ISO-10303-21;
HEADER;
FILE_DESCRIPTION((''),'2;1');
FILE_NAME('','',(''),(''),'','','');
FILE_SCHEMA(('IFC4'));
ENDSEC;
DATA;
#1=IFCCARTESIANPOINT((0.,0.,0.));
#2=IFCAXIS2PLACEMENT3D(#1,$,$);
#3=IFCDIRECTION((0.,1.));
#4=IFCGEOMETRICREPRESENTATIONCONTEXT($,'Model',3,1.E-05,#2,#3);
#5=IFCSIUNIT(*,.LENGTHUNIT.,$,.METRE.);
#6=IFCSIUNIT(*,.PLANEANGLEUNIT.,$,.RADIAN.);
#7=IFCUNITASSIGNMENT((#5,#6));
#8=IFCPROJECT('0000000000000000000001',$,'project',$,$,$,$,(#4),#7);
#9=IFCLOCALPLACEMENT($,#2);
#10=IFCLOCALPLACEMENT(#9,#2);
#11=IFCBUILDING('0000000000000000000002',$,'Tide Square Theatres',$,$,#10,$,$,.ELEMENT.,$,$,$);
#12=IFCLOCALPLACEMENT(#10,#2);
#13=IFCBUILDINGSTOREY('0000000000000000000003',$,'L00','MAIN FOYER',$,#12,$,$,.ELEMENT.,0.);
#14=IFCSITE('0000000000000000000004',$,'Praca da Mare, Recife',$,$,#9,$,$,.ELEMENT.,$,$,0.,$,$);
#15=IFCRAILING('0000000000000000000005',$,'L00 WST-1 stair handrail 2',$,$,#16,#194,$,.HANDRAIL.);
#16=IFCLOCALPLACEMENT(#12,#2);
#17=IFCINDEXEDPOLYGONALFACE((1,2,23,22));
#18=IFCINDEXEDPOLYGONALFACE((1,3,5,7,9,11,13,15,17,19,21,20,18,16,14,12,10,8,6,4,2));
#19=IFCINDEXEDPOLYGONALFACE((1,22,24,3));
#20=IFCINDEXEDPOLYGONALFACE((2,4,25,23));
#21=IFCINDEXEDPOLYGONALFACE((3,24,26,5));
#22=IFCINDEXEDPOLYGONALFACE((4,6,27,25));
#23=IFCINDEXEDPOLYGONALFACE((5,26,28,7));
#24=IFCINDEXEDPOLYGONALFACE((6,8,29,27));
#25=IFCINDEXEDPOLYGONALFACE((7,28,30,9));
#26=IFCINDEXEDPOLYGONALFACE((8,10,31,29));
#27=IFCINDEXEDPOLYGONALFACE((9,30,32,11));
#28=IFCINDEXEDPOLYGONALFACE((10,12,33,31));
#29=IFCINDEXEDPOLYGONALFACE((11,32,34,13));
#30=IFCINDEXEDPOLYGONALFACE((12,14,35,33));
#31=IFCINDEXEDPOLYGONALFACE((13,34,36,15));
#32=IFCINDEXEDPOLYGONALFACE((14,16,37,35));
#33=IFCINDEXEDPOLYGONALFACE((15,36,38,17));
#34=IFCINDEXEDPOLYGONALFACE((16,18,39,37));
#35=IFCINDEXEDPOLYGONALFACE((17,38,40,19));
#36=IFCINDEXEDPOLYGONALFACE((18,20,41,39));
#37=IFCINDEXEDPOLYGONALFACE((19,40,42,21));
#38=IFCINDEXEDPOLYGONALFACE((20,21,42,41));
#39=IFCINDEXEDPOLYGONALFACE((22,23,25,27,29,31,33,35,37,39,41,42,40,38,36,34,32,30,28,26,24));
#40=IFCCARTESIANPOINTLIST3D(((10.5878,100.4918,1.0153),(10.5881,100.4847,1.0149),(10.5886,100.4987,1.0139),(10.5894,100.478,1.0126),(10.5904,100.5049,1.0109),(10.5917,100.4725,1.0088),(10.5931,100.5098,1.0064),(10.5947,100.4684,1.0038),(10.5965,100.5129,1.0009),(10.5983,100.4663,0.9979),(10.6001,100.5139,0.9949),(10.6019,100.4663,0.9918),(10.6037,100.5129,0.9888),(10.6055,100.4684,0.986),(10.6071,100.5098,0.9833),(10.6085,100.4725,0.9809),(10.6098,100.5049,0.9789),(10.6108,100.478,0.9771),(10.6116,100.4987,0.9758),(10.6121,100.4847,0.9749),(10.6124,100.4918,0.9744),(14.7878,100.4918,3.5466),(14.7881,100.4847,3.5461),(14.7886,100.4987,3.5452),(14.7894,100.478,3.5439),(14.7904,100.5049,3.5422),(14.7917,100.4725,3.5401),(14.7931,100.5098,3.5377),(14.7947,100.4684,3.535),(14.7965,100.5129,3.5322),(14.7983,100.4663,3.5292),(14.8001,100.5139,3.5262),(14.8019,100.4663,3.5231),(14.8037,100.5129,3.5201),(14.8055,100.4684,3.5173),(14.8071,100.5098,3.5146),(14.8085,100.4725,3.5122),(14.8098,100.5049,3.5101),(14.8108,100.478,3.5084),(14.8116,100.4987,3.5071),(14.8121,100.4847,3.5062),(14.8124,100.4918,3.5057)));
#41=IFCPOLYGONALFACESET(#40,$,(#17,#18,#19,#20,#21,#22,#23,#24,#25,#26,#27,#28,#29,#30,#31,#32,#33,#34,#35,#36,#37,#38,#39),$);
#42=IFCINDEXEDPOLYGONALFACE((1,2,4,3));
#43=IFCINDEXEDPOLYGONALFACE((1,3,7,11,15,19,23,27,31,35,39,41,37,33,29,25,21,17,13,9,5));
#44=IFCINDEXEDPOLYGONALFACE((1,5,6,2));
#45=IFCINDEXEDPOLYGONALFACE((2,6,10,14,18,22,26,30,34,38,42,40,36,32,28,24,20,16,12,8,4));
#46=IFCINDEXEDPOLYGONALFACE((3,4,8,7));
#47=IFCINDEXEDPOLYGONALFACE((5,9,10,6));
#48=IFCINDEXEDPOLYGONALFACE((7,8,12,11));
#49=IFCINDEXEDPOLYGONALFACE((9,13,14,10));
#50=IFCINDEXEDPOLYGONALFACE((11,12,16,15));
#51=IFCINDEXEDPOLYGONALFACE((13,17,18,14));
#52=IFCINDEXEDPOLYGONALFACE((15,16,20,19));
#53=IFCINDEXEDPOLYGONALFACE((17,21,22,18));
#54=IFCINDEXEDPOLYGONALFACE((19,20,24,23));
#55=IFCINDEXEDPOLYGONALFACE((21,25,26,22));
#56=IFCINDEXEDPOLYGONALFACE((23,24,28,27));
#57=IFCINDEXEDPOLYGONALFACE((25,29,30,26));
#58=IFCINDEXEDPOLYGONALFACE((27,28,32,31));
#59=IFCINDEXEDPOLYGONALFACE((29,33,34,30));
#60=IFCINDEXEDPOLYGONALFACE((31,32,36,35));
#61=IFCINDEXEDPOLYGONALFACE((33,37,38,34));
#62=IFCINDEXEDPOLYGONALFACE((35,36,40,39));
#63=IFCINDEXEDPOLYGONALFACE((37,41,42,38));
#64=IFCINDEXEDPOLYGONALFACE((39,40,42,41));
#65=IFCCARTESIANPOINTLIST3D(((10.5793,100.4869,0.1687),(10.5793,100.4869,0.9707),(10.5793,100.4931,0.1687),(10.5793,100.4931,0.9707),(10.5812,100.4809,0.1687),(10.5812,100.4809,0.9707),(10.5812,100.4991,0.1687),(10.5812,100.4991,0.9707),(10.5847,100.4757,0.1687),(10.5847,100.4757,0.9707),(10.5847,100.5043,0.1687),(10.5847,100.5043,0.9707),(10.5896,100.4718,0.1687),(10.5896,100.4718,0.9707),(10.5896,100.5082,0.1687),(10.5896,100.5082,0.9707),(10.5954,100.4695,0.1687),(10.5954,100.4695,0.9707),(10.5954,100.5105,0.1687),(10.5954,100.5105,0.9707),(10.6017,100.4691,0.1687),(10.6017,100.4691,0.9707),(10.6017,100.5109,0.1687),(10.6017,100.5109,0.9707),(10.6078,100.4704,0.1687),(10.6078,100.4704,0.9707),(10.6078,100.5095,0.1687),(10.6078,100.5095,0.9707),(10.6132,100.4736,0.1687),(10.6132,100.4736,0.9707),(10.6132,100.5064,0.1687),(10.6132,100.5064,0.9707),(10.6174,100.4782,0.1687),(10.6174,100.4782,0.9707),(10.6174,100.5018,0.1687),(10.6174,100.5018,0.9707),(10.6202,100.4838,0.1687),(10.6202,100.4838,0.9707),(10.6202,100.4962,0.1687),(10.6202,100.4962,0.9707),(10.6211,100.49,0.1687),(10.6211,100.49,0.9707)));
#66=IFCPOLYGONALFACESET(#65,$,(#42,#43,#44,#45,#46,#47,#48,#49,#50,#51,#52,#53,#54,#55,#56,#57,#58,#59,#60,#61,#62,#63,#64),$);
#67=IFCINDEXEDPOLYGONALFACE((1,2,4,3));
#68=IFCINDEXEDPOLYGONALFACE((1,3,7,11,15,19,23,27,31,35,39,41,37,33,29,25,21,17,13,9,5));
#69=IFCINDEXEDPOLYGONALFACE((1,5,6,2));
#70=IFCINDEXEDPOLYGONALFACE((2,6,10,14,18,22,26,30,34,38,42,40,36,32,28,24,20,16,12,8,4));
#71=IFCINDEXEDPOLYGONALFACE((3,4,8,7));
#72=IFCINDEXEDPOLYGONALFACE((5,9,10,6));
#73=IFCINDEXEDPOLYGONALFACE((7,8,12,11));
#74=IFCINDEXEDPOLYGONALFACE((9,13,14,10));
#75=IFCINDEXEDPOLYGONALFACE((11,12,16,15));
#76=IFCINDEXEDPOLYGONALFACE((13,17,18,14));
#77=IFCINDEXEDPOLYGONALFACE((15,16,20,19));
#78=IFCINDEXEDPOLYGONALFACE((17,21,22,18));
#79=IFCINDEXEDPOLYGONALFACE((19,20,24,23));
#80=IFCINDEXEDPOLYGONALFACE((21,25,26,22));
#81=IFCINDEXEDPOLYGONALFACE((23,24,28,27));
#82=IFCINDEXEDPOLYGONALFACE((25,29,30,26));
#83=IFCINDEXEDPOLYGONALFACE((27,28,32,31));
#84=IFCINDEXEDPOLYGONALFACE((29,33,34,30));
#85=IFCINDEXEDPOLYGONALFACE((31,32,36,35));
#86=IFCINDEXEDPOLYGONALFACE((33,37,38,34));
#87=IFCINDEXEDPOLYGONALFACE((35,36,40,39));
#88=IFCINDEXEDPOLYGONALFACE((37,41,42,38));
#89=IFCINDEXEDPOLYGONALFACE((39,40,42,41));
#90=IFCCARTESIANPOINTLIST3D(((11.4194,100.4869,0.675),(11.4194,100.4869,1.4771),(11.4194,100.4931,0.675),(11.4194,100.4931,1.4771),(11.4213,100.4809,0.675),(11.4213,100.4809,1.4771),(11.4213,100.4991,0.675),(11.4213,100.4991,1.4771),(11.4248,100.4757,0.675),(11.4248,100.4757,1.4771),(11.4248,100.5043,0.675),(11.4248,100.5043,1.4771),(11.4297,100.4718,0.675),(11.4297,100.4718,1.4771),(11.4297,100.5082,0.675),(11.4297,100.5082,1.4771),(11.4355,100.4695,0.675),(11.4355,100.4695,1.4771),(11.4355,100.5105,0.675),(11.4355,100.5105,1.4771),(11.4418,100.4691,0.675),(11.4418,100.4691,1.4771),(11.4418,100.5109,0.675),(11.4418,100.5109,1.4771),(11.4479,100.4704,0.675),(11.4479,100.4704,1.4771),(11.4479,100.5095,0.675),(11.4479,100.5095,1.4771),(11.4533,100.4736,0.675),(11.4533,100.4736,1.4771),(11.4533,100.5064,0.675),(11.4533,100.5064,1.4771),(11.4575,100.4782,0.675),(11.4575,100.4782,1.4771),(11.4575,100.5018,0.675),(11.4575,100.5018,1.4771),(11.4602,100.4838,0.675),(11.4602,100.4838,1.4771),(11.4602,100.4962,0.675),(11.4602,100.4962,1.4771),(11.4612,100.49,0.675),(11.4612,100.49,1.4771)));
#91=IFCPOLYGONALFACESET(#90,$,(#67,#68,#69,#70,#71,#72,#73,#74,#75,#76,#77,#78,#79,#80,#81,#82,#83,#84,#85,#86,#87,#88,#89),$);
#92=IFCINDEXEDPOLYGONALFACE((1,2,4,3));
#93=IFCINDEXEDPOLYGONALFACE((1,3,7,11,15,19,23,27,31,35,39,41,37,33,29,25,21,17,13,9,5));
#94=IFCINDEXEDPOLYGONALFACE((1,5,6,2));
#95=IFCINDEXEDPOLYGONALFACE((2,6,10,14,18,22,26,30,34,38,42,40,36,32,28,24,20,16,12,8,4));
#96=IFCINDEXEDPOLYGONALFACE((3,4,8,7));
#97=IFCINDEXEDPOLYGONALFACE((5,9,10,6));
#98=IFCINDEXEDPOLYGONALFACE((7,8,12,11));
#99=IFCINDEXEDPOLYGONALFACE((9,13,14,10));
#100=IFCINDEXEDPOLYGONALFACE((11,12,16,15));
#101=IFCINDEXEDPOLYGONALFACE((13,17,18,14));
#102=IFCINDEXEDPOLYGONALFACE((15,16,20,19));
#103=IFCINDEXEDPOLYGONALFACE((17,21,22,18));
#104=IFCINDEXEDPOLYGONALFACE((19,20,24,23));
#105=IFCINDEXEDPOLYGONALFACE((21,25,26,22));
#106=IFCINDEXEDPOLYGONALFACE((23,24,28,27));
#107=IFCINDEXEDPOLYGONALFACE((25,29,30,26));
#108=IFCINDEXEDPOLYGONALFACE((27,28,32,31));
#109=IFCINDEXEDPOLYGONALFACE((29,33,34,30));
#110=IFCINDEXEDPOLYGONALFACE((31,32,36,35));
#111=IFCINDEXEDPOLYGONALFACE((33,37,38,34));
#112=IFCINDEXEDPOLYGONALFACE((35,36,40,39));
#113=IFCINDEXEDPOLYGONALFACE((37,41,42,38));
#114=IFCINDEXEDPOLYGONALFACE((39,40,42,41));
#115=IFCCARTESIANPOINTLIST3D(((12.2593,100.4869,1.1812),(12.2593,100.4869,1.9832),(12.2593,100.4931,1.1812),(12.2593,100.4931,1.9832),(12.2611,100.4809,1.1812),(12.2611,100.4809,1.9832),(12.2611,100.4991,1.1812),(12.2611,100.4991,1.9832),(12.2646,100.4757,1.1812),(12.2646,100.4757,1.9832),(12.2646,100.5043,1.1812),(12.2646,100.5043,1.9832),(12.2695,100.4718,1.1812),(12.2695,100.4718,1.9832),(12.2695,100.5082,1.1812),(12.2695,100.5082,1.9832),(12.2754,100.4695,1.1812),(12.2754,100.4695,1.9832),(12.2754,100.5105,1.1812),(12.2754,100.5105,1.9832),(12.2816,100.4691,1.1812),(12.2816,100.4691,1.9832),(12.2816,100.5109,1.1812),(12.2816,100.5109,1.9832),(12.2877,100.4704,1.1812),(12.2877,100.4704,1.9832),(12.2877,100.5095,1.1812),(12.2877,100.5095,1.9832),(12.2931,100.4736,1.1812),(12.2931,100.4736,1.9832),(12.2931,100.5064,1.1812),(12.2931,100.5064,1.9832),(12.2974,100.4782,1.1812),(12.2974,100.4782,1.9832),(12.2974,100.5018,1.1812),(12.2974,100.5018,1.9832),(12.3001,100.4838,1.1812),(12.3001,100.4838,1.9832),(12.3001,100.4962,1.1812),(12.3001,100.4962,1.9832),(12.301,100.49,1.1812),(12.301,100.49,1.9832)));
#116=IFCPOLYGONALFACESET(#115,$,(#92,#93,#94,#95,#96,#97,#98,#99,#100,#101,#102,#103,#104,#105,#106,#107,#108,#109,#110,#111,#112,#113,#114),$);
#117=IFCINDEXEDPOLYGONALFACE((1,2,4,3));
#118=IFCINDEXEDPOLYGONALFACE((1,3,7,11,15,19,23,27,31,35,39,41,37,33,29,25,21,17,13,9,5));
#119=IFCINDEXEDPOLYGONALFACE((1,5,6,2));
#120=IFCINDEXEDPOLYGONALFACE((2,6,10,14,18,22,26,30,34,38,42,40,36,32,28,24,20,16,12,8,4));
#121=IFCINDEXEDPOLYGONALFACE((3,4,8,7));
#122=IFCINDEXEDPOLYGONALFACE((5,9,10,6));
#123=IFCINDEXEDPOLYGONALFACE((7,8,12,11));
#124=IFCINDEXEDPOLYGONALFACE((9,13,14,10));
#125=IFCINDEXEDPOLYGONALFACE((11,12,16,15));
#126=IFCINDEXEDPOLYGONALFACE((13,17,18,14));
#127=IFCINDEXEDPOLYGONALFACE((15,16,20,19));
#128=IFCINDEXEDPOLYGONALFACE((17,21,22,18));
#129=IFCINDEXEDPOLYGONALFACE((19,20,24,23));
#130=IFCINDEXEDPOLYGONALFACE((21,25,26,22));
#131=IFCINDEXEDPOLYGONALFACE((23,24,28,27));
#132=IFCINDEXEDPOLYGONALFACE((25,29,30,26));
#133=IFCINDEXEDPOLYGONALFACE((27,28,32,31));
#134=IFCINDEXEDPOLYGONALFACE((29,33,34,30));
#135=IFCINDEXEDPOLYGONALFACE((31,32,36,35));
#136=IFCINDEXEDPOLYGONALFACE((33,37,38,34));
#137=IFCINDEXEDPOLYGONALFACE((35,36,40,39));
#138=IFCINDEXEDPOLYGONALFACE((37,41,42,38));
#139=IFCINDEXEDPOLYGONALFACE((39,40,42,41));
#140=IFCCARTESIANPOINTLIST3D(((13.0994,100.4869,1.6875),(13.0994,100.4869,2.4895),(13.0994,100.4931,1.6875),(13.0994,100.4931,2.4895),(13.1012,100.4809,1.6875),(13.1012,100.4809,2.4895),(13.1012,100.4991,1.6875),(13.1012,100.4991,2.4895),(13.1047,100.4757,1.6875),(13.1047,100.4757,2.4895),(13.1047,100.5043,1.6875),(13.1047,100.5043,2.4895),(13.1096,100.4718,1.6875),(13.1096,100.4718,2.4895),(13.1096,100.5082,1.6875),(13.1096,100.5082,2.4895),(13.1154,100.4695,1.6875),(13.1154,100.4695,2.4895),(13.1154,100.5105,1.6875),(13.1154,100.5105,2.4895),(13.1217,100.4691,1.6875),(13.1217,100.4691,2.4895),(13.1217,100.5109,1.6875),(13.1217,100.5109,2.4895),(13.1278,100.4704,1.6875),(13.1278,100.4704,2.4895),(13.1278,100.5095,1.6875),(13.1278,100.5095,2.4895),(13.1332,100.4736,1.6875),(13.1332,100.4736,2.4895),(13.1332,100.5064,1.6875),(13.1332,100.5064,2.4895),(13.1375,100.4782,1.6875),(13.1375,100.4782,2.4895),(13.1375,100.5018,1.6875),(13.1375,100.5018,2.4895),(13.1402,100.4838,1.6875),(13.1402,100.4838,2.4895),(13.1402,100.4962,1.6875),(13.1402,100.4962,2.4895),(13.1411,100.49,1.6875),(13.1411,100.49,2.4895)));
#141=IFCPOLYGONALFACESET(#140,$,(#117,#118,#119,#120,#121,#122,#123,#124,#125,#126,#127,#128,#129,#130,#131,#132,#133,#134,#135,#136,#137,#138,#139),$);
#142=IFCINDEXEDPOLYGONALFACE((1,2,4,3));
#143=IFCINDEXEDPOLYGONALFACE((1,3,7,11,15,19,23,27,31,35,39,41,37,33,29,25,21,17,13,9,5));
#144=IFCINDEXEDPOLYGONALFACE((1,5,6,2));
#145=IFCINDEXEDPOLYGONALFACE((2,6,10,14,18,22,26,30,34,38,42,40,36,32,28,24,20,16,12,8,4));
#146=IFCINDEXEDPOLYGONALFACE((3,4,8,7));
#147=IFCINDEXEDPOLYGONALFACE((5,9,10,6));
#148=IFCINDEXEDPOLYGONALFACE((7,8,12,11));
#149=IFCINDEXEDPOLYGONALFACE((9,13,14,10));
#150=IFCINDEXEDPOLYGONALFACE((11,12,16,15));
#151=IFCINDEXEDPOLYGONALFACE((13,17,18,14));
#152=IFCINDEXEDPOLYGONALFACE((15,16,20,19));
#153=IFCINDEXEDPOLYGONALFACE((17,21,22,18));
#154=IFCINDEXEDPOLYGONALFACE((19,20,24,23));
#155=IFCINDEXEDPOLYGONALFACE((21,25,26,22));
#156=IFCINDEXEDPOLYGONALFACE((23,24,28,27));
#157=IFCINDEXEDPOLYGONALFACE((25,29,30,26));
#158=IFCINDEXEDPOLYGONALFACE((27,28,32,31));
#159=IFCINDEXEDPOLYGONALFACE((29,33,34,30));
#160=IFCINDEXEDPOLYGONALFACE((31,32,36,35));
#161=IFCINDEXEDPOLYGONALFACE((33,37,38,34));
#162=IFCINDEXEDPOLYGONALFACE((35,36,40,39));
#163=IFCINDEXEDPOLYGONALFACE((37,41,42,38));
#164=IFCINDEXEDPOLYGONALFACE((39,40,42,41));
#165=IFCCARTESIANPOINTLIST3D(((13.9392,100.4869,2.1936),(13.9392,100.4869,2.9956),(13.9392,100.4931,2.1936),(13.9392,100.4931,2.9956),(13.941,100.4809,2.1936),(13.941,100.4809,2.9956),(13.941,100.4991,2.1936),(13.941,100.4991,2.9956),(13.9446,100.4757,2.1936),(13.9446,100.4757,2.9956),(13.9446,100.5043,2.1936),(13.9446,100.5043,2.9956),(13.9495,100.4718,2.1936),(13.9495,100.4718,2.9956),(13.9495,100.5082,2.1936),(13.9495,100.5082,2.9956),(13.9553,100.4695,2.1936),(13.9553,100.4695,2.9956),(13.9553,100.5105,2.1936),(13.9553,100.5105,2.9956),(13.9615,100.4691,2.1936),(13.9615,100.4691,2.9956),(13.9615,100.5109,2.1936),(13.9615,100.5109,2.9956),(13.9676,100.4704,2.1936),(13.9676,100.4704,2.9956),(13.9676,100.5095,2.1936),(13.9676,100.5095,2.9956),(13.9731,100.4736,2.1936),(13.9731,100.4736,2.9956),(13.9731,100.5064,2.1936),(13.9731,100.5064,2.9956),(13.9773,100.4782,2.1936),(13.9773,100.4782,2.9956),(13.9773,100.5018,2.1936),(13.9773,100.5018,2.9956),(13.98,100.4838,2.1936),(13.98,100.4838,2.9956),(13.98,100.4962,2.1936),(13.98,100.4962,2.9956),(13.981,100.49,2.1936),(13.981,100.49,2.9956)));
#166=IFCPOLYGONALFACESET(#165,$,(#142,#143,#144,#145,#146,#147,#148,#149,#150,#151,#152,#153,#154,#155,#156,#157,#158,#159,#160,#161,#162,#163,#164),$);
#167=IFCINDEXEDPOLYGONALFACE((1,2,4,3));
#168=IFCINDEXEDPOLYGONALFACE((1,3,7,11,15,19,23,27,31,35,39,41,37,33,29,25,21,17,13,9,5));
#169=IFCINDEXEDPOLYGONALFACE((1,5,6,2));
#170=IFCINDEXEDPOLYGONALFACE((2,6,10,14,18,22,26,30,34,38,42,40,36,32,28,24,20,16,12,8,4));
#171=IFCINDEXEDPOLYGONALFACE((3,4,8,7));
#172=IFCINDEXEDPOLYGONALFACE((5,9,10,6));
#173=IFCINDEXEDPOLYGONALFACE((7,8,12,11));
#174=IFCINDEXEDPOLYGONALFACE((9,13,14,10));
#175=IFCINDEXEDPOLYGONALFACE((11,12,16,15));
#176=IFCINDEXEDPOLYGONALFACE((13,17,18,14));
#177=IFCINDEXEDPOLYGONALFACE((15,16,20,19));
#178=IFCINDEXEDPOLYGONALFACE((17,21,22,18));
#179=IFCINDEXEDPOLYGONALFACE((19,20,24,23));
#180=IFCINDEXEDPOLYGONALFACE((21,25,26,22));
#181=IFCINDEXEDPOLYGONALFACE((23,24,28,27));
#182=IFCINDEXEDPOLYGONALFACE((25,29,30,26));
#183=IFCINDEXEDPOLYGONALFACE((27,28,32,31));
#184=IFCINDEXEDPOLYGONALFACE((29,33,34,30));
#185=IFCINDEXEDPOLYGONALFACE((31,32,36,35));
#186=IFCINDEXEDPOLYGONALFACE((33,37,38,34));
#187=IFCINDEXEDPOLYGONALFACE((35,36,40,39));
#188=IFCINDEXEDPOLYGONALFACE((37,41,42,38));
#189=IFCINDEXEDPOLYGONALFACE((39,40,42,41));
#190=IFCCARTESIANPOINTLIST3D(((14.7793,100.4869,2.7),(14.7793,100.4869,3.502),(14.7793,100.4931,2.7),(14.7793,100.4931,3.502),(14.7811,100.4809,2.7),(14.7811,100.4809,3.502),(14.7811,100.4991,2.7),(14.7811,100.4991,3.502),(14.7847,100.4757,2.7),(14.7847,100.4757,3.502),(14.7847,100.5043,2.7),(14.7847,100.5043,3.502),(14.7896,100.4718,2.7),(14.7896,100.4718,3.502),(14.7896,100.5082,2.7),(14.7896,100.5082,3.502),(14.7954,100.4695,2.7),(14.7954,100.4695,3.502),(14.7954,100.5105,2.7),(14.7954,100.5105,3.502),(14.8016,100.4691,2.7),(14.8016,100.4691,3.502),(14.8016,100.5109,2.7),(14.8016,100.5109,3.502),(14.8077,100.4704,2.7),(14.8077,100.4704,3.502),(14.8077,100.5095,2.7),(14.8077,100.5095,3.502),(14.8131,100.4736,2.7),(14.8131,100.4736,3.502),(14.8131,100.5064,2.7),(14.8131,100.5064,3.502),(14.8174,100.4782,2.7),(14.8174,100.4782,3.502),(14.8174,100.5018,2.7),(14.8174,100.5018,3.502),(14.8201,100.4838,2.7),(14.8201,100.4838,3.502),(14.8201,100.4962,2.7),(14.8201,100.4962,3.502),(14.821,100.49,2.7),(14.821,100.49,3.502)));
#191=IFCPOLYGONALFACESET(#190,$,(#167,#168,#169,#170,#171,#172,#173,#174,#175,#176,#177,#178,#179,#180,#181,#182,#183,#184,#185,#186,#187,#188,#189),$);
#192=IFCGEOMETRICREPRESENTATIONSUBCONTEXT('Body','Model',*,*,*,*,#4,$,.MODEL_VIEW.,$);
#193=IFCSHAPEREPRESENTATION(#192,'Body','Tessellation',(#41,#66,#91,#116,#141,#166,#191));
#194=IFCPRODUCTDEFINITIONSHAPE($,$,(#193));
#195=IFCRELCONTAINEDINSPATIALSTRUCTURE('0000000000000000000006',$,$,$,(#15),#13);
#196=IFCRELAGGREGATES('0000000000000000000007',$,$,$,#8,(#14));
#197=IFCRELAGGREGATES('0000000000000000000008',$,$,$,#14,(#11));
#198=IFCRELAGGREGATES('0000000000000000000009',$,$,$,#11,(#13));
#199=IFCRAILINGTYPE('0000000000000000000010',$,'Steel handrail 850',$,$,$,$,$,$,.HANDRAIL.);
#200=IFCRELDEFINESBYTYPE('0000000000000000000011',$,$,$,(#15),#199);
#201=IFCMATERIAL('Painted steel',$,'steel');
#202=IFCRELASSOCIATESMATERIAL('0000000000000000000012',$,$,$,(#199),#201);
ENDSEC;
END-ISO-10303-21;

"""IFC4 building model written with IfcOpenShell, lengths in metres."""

from ifc_helpers import new_model, si_unit, direction, frame, origin, origin_2d, place, context, subcontext, project, spatial, circle, extrude, material, type_object, element, save


model = new_model("IFC4")

# Units and contexts
model_context = context("Model", 3, precision=1e-05, world=origin(), true_north=direction((0.0, 1.0)))
body_context = subcontext(model_context, "Body", "Model", "MODEL_VIEW")
ifc_project = project(units=[si_unit("LENGTHUNIT", "METRE"), si_unit("PLANEANGLEUNIT", "RADIAN")], contexts=[model_context])

# Site, building, storey
site_placement = place(None, origin())
site = spatial("IfcSite", under=ifc_project, at=site_placement, Name="Praca da Mare, Recife", CompositionType="ELEMENT", RefElevation=0.0)
building_placement = place(site_placement, origin())
building = spatial("IfcBuilding", under=site, at=building_placement, Name="Tide Square Theatres", CompositionType="ELEMENT")
storey_placement = place(building_placement, origin())
storey = spatial("IfcBuildingStorey", under=building, at=storey_placement, Name="L00", Description="MAIN FOYER", CompositionType="ELEMENT", Elevation=0.0)

# Railing
ifc_material_1 = material(Name="Painted steel", Category="steel")
railing_type_1 = type_object("IfcRailingType", Name="Steel handrail 850", PredefinedType="HANDRAIL", material=ifc_material_1)
for number, where, name in (
    (1, (10.6001, 100.49, 0.1687), "L00 WST-1 stair handrail 2"),
):
    element("IfcRailing", number, at=place(storey_placement, frame(where)), inside=storey, type_object=railing_type_1, Name=name, PredefinedType="HANDRAIL", context=body_context, shape_type="SweptSolid", body=[
        extrude(circle(Radius=0.0239, at=origin_2d()), frame((0.0, 0.0, 0.8262), z_axis=(0.856476, 0.0, 0.516186), x_axis=(0.0, 1.0, 0.0)), (0.0, 0.0, 1.0), 4.9038),
        extrude(circle(Radius=0.021, at=origin_2d()), origin(), (0.0, 0.0, 1.0), 0.802),
        extrude(circle(Radius=0.021, at=origin_2d()), frame((0.8401, 0.0, 0.5063)), (0.0, 0.0, 1.0), 0.802),
        extrude(circle(Radius=0.021, at=origin_2d()), frame((1.6799, 0.0, 1.0125)), (0.0, 0.0, 1.0), 0.802),
        extrude(circle(Radius=0.021, at=origin_2d()), frame((2.52, 0.0, 1.5188)), (0.0, 0.0, 1.0), 0.802),
        extrude(circle(Radius=0.021, at=origin_2d()), frame((3.3599, 0.0, 2.0249)), (0.0, 0.0, 1.0), 0.802),
        extrude(circle(Radius=0.021, at=origin_2d()), frame((4.2, 0.0, 2.5312)), (0.0, 0.0, 1.0), 0.802),
    ])

save(model, "model.ifc")
